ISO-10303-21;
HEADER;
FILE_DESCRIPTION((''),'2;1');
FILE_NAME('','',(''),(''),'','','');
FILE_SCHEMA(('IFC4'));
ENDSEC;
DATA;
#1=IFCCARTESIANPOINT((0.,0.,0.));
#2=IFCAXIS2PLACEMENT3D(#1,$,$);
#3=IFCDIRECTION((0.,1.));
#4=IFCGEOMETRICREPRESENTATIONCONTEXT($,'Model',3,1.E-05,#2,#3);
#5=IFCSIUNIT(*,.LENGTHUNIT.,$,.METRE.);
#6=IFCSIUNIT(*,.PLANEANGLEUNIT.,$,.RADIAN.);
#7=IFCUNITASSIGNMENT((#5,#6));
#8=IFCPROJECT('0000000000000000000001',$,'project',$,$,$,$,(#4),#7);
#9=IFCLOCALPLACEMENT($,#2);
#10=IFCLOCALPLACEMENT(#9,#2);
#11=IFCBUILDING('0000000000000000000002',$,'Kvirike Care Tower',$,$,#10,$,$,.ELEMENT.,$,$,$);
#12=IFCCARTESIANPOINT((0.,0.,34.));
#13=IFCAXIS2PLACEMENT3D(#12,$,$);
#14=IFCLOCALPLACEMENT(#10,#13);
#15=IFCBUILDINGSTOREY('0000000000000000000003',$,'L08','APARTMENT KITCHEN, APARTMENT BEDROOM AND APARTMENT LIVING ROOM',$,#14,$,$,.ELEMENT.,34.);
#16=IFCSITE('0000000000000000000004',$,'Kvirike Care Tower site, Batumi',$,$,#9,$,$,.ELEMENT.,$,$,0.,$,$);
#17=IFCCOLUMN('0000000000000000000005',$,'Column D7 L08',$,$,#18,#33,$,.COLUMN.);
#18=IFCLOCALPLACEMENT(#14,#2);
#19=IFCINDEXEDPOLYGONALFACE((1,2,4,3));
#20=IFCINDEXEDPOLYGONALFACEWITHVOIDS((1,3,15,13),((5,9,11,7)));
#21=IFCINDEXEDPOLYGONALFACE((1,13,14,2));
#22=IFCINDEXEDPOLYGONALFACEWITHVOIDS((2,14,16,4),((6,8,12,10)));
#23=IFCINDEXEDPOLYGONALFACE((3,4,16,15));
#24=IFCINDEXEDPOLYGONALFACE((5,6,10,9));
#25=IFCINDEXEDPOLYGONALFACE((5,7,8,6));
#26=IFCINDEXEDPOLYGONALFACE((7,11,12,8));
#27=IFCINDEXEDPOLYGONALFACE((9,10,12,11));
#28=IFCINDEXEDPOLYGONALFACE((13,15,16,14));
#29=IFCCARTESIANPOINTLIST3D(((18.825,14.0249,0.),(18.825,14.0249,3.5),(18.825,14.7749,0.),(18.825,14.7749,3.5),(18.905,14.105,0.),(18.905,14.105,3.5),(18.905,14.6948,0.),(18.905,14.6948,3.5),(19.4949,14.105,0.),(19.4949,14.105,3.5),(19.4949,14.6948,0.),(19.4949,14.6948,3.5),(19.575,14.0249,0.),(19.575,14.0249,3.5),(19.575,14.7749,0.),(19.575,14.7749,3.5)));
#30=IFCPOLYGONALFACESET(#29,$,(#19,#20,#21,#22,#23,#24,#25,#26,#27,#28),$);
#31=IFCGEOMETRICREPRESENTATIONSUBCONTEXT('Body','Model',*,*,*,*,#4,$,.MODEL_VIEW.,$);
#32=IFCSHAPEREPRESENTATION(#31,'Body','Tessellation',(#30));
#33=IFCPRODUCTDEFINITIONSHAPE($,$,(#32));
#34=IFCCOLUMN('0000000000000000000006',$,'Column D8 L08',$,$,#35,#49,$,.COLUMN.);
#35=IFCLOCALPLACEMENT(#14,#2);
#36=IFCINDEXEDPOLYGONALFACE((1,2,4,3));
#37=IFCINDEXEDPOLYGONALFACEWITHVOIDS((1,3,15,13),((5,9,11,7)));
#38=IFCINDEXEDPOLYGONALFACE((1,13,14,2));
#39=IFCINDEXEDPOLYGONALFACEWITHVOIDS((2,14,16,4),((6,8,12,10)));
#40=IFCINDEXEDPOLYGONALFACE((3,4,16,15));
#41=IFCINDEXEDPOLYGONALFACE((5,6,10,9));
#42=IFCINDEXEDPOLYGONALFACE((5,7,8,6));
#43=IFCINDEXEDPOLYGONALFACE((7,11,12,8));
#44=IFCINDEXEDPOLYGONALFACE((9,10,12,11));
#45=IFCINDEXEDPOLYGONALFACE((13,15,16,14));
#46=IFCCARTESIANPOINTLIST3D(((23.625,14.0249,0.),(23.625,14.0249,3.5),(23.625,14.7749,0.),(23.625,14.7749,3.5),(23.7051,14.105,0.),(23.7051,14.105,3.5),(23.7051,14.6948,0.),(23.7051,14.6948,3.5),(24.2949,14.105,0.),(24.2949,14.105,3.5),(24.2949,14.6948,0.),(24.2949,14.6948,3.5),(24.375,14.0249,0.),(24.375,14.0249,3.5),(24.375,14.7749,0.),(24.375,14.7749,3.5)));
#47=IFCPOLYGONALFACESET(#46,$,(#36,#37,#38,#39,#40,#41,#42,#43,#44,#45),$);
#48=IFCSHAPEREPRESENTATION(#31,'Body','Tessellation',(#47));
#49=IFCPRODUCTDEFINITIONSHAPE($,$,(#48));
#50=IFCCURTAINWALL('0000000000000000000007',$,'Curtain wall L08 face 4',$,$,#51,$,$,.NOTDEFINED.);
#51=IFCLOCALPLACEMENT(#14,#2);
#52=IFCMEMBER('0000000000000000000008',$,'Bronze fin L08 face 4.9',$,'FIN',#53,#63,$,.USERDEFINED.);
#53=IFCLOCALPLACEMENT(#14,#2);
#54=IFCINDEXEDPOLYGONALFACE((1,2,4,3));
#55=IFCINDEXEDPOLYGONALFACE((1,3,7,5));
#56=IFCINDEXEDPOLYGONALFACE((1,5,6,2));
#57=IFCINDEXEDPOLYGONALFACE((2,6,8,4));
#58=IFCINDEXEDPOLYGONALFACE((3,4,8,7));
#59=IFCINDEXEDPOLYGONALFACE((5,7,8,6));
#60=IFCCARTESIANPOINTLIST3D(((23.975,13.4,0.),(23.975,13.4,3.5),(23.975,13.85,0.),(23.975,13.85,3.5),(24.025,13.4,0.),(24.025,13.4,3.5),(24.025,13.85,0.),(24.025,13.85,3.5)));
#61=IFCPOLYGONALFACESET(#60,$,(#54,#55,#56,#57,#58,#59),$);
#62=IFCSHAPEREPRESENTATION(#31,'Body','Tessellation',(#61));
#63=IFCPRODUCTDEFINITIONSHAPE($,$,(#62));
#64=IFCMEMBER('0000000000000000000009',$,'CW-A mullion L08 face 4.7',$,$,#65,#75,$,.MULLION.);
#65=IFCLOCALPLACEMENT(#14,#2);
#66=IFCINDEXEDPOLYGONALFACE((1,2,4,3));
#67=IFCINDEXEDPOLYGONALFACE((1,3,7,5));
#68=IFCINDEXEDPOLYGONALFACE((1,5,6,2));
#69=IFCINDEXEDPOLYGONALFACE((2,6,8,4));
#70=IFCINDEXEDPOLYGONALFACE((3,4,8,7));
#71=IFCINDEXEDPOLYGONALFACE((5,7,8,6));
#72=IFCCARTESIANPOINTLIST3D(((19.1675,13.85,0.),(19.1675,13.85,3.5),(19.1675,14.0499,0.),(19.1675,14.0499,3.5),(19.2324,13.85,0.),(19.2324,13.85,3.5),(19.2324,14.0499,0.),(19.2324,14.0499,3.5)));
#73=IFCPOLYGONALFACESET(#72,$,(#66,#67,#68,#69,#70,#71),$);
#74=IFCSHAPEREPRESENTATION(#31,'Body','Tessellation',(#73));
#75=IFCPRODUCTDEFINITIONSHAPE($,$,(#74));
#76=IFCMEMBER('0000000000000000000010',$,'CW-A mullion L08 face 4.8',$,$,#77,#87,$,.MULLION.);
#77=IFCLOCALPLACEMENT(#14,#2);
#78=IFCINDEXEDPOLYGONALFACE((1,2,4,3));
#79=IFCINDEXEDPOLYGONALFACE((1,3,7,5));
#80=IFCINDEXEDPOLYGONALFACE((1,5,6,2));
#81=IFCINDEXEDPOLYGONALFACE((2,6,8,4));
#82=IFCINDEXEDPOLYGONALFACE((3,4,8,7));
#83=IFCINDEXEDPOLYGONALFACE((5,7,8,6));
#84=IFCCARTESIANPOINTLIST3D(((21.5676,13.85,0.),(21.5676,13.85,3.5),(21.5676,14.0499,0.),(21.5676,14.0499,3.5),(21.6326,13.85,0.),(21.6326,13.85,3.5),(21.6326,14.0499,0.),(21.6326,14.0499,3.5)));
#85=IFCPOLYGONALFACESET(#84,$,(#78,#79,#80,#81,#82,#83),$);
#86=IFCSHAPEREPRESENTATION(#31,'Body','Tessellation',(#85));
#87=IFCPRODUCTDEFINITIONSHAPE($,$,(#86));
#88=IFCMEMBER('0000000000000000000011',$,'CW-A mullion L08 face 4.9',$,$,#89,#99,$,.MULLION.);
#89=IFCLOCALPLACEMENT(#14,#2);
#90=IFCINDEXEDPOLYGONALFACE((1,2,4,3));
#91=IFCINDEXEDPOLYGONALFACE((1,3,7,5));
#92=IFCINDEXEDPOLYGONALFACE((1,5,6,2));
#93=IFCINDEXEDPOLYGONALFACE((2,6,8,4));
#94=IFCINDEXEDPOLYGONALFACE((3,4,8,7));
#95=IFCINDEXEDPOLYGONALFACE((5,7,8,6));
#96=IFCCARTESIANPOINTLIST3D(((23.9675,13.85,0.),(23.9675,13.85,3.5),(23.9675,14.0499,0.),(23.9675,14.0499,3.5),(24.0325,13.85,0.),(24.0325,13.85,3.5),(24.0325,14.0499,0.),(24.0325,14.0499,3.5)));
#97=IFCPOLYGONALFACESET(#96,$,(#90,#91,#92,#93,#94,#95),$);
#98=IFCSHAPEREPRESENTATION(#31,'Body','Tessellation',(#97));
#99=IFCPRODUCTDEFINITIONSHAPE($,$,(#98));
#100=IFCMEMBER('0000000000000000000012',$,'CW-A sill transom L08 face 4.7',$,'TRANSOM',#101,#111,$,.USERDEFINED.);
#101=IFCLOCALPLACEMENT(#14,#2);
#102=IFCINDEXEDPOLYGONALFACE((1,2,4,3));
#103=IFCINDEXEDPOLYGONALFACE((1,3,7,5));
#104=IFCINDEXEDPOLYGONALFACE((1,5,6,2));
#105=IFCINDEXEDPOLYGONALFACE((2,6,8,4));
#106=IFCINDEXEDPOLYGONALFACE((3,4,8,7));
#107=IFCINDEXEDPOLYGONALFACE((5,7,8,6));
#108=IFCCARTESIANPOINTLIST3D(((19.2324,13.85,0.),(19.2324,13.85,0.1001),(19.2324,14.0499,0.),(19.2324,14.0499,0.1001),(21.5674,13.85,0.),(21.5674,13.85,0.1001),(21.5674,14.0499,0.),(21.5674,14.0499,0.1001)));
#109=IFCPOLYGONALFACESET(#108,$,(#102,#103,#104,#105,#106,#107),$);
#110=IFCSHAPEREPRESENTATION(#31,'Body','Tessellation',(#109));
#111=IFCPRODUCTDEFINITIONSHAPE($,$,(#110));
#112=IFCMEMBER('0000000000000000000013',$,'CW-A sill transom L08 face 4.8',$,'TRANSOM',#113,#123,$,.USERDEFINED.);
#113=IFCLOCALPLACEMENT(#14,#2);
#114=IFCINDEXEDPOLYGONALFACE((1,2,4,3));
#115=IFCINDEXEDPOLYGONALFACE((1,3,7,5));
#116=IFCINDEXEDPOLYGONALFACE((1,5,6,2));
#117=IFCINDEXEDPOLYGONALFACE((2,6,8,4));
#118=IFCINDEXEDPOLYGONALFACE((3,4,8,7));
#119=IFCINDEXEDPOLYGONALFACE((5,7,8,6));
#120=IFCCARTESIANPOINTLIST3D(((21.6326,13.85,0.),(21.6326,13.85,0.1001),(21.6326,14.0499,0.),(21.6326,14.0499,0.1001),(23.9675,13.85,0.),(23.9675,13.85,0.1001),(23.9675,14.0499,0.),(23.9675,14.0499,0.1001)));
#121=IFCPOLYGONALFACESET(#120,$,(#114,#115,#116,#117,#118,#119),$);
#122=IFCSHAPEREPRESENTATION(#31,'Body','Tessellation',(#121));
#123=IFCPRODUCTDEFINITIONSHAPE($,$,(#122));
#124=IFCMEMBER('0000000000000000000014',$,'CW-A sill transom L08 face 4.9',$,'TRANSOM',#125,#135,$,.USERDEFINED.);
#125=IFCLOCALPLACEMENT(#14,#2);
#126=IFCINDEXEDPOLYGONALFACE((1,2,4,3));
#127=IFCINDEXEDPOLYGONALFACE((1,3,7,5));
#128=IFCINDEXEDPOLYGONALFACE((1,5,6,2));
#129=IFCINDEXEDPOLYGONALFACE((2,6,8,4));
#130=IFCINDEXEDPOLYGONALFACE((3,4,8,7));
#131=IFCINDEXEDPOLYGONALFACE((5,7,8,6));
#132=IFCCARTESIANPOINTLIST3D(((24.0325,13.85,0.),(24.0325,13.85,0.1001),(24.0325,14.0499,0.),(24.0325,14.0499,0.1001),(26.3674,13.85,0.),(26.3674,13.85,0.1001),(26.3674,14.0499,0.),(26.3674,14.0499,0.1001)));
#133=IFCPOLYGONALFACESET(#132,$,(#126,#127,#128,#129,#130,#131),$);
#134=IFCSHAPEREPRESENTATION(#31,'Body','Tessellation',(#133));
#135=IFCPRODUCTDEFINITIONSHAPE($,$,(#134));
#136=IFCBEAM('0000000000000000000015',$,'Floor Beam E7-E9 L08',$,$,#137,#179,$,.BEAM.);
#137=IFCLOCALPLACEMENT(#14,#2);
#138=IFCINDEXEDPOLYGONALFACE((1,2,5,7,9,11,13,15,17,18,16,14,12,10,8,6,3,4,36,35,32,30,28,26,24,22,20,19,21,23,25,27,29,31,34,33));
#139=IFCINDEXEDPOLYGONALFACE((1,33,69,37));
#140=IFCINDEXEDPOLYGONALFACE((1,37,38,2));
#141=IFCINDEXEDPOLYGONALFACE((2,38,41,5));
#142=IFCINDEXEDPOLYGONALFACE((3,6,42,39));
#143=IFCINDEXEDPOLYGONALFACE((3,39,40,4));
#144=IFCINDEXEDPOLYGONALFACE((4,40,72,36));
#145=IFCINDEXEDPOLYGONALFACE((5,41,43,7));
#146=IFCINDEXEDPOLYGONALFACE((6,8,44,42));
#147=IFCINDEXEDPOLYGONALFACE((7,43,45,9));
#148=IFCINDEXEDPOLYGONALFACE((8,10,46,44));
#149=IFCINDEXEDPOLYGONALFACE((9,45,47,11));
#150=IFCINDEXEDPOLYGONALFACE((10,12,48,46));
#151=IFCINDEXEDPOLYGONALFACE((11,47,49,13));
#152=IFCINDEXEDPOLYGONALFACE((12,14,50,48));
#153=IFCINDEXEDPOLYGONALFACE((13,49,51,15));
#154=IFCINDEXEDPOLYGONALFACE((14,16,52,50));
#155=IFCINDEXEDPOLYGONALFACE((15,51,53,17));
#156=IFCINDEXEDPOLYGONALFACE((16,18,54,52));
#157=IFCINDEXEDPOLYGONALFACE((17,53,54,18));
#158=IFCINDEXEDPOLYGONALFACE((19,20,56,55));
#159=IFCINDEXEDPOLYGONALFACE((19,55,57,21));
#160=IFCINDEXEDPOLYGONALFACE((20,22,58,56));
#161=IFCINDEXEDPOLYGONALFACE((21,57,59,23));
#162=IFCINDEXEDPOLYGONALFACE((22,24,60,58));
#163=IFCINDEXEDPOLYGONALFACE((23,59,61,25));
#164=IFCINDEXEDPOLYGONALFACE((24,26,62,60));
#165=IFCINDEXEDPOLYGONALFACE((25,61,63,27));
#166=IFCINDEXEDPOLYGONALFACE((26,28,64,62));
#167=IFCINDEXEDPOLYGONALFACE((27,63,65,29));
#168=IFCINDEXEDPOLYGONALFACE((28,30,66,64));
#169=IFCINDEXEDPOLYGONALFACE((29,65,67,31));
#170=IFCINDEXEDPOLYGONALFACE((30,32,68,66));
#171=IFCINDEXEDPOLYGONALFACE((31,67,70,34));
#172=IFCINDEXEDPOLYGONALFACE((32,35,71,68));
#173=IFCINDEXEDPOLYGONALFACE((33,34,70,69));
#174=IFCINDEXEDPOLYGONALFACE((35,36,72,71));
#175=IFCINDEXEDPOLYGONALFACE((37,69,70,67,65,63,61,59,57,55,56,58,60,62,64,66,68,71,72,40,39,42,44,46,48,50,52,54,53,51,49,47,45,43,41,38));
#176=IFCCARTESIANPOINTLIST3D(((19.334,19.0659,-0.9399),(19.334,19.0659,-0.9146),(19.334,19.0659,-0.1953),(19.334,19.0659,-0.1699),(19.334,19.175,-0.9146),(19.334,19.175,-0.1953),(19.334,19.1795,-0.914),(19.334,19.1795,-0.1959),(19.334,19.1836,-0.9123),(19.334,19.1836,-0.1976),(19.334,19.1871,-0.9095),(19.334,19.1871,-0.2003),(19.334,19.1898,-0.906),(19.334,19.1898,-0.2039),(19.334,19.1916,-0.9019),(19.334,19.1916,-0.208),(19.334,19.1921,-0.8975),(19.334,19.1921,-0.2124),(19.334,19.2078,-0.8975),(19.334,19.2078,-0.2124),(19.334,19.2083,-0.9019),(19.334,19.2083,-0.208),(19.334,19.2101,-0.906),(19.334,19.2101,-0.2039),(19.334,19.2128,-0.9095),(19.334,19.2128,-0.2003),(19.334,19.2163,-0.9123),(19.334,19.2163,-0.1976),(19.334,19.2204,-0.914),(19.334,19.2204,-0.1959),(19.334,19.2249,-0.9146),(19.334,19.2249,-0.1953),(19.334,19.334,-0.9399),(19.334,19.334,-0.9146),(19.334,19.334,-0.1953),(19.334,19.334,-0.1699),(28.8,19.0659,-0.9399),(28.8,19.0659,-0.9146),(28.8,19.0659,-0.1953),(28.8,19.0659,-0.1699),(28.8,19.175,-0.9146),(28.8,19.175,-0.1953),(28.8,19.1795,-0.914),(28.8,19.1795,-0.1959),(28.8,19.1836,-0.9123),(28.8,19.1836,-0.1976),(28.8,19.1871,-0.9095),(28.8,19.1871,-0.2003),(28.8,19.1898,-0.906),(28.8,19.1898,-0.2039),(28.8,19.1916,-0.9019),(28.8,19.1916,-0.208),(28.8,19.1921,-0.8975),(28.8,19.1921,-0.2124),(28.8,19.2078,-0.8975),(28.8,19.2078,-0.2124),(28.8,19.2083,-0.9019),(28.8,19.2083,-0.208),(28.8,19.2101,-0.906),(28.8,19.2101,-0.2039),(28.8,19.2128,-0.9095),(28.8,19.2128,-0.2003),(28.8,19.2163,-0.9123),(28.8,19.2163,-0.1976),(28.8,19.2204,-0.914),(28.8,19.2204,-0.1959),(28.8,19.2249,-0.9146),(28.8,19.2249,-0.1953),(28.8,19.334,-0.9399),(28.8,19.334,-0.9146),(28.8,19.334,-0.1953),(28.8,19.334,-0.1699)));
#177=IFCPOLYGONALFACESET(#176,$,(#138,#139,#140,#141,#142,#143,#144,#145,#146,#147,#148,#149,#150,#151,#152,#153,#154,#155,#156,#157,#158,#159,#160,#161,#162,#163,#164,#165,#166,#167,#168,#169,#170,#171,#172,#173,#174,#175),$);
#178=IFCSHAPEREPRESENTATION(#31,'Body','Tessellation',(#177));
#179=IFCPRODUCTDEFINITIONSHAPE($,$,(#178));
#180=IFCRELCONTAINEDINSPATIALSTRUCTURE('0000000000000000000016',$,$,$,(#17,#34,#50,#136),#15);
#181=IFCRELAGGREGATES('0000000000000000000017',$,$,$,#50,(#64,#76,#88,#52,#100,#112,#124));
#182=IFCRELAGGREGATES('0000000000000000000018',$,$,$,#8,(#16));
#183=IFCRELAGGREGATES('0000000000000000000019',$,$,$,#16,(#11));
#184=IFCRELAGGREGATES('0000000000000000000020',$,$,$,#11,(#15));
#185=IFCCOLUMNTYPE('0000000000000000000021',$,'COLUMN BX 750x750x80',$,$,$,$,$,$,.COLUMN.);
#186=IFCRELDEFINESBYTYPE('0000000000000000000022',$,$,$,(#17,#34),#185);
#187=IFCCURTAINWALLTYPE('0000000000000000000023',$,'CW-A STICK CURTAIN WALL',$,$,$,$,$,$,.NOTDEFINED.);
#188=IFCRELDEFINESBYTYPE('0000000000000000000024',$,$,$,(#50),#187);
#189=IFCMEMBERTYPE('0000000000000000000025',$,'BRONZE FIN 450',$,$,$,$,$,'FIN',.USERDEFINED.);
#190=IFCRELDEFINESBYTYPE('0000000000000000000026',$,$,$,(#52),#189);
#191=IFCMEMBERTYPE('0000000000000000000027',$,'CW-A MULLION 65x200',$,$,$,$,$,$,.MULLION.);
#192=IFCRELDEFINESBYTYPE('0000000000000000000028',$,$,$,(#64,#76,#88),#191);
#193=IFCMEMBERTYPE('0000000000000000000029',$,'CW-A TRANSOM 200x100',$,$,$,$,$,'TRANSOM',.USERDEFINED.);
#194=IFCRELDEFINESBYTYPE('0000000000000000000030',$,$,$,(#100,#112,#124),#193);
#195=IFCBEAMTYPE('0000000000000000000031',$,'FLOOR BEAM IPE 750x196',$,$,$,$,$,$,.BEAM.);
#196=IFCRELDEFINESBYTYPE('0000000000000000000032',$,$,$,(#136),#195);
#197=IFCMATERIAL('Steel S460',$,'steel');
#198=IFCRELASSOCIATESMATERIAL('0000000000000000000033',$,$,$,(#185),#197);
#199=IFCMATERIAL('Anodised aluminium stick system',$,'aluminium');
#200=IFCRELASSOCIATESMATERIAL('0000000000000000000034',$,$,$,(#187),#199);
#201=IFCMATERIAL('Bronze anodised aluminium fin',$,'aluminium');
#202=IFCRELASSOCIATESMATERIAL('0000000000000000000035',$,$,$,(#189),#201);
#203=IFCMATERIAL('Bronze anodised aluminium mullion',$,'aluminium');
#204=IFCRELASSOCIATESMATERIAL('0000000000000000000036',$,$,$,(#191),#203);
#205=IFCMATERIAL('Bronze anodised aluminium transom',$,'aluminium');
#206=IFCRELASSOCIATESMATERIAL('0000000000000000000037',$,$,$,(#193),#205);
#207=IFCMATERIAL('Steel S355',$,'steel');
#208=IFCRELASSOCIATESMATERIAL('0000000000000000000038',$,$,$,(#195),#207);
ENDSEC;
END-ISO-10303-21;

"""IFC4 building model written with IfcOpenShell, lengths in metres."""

from ifc_helpers import new_model, si_unit, direction, frame, origin, origin_2d, place, context, subcontext, project, spatial, rectangle, hollow_rectangle, i_section, extrude, material, material_profile, profile_set, type_object, element, aggregate, save


model = new_model("IFC4")

# Units and contexts
model_context = context("Model", 3, precision=1e-05, world=origin(), true_north=direction((0.0, 1.0)))
body_context = subcontext(model_context, "Body", "Model", "MODEL_VIEW")
ifc_project = project(units=[si_unit("LENGTHUNIT", "METRE"), si_unit("PLANEANGLEUNIT", "RADIAN")], contexts=[model_context])

# Site, building, storey
site_placement = place(None, origin())
site = spatial("IfcSite", under=ifc_project, at=site_placement, Name="Kvirike Care Tower site, Batumi", CompositionType="ELEMENT", RefElevation=0.0)
building_placement = place(site_placement, origin())
building = spatial("IfcBuilding", under=site, at=building_placement, Name="Kvirike Care Tower", CompositionType="ELEMENT")
storey_placement = place(building_placement, frame((0.0, 0.0, 34.0)))
storey = spatial("IfcBuildingStorey", under=building, at=storey_placement, Name="L08", Description="APARTMENT KITCHEN, APARTMENT BEDROOM AND APARTMENT LIVING ROOM", CompositionType="ELEMENT", Elevation=34.0)

# Columns
ifc_material_1 = material(Name="Steel S460", Category="steel")
ifc_material_profile_1 = material_profile(ifc_material_1, hollow_rectangle(XDim=0.75, YDim=0.75, WallThickness=0.0801, at=origin_2d()), Name="BX 750x750x80")
ifc_profile_set_1 = profile_set([ifc_material_profile_1], Name="Steel S460")
column_type = type_object("IfcColumnType", Name="COLUMN BX 750x750x80", PredefinedType="COLUMN", material=ifc_profile_set_1)
for number, where, z_axis, x_axis, name in (
    (1, (19.2, 14.3999, 0.0), (0.0, 0.0, 1.0), (0.0, 1.0, 0.0), "Column D7 L08"),
    (2, (24.0, 14.3999, 0.0), (0.0, 0.0, 1.0), (0.0, 1.0, 0.0), "Column D8 L08"),
):
    element("IfcColumn", number, at=place(storey_placement, frame(where, z_axis=z_axis, x_axis=x_axis)), inside=storey, type_object=column_type, Name=name, PredefinedType="COLUMN", context=body_context, shape_type="SweptSolid", body=[
        extrude(hollow_rectangle(XDim=0.75, YDim=0.75, WallThickness=0.0801, at=origin_2d()), origin(), (0.0, 0.0, 1.0), 3.5),
    ])

# Curtain wall, members
ifc_material_2 = material(Name="Anodised aluminium stick system", Category="aluminium")
curtain_wall_type = type_object("IfcCurtainWallType", Name="CW-A STICK CURTAIN WALL", PredefinedType="NOTDEFINED", material=ifc_material_2)
curtain_wall_placement = place(storey_placement, origin())
curtain_wall = element("IfcCurtainWall", 3, at=curtain_wall_placement, inside=storey, type_object=curtain_wall_type, Name="Curtain wall L08 face 4", PredefinedType="NOTDEFINED")
ifc_material_3 = material(Name="Bronze anodised aluminium fin", Category="aluminium")
ifc_material_profile_2 = material_profile(ifc_material_3, rectangle(XDim=0.05, YDim=0.45, at=origin_2d()), Name="BRONZE FIN 450")
ifc_profile_set_2 = profile_set([ifc_material_profile_2], Name="Bronze anodised aluminium fin")
member_type_1 = type_object("IfcMemberType", Name="BRONZE FIN 450", ElementType="FIN", PredefinedType="USERDEFINED", material=ifc_profile_set_2)
member_1_placement = place(storey_placement, frame((24.0, 13.625, 0.0), z_axis=(0.0, 0.0, 1.0), x_axis=(1.0, 0.0, 0.0)))
member_1 = element("IfcMember", 4, at=member_1_placement, type_object=member_type_1, Name="Bronze fin L08 face 4.9", ObjectType="FIN", PredefinedType="USERDEFINED", context=body_context, shape_type="SweptSolid", body=[
    extrude(rectangle(XDim=0.05, YDim=0.45, at=origin_2d()), origin(), (0.0, 0.0, 1.0), 3.5),
])
ifc_material_4 = material(Name="Bronze anodised aluminium mullion", Category="aluminium")
ifc_material_profile_3 = material_profile(ifc_material_4, rectangle(XDim=0.0649, YDim=0.2, at=origin_2d()), Name="CW-A MULLION 65x200")
ifc_profile_set_3 = profile_set([ifc_material_profile_3], Name="Bronze anodised aluminium mullion")
member_type_2 = type_object("IfcMemberType", Name="CW-A MULLION 65x200", PredefinedType="MULLION", material=ifc_profile_set_3)
member_2_placement = place(storey_placement, frame((19.2, 13.95, 0.0), z_axis=(0.0, 0.0, 1.0), x_axis=(1.0, 0.0, 0.0)))
member_2 = element("IfcMember", 5, at=member_2_placement, type_object=member_type_2, Name="CW-A mullion L08 face 4.7", PredefinedType="MULLION", context=body_context, shape_type="SweptSolid", body=[
    extrude(rectangle(XDim=0.0649, YDim=0.2, at=origin_2d()), origin(), (0.0, 0.0, 1.0), 3.5),
])
member_3_placement = place(storey_placement, frame((21.6001, 13.95, 0.0), z_axis=(0.0, 0.0, 1.0), x_axis=(1.0, 0.0, 0.0)))
member_3 = element("IfcMember", 6, at=member_3_placement, type_object=member_type_2, Name="CW-A mullion L08 face 4.8", PredefinedType="MULLION", context=body_context, shape_type="SweptSolid", body=[
    extrude(rectangle(XDim=0.0649, YDim=0.2, at=origin_2d()), origin(), (0.0, 0.0, 1.0), 3.5),
])
member_4_placement = place(storey_placement, frame((24.0, 13.95, 0.0), z_axis=(0.0, 0.0, 1.0), x_axis=(1.0, 0.0, 0.0)))
member_4 = element("IfcMember", 7, at=member_4_placement, type_object=member_type_2, Name="CW-A mullion L08 face 4.9", PredefinedType="MULLION", context=body_context, shape_type="SweptSolid", body=[
    extrude(rectangle(XDim=0.0649, YDim=0.2, at=origin_2d()), origin(), (0.0, 0.0, 1.0), 3.5),
])
ifc_material_5 = material(Name="Bronze anodised aluminium transom", Category="aluminium")
ifc_material_profile_4 = material_profile(ifc_material_5, rectangle(XDim=0.2, YDim=0.1001, at=origin_2d()), Name="CW-A TRANSOM 200x100")
ifc_profile_set_4 = profile_set([ifc_material_profile_4], Name="Bronze anodised aluminium transom")
member_type_3 = type_object("IfcMemberType", Name="CW-A TRANSOM 200x100", ElementType="TRANSOM", PredefinedType="USERDEFINED", material=ifc_profile_set_4)
member_5_placement = place(storey_placement, frame((19.2324, 13.95, 0.05), z_axis=(1.0, 0.0, 0.0), x_axis=(0.0, 1.0, 0.0)))
member_5 = element("IfcMember", 8, at=member_5_placement, type_object=member_type_3, Name="CW-A sill transom L08 face 4.7", ObjectType="TRANSOM", PredefinedType="USERDEFINED", context=body_context, shape_type="SweptSolid", body=[
    extrude(rectangle(XDim=0.2, YDim=0.1001, at=origin_2d()), origin(), (0.0, 0.0, 1.0), 2.335),
])
member_6_placement = place(storey_placement, frame((21.6326, 13.95, 0.05), z_axis=(1.0, 0.0, 0.0), x_axis=(0.0, 1.0, 0.0)))
member_6 = element("IfcMember", 9, at=member_6_placement, type_object=member_type_3, Name="CW-A sill transom L08 face 4.8", ObjectType="TRANSOM", PredefinedType="USERDEFINED", context=body_context, shape_type="SweptSolid", body=[
    extrude(rectangle(XDim=0.2, YDim=0.1001, at=origin_2d()), origin(), (0.0, 0.0, 1.0), 2.335),
])
member_7_placement = place(storey_placement, frame((24.0325, 13.95, 0.05), z_axis=(1.0, 0.0, 0.0), x_axis=(0.0, 1.0, 0.0)))
member_7 = element("IfcMember", 10, at=member_7_placement, type_object=member_type_3, Name="CW-A sill transom L08 face 4.9", ObjectType="TRANSOM", PredefinedType="USERDEFINED", context=body_context, shape_type="SweptSolid", body=[
    extrude(rectangle(XDim=0.2, YDim=0.1001, at=origin_2d()), origin(), (0.0, 0.0, 1.0), 2.335),
])

# Beam
ifc_material_6 = material(Name="Steel S355", Category="steel")
ifc_material_profile_5 = material_profile(ifc_material_6, i_section(OverallWidth=0.2681, OverallDepth=0.77, WebThickness=0.0156, FlangeThickness=0.0254, FilletRadius=0.0171, at=origin_2d()), Name="IPE 750x196")
ifc_profile_set_5 = profile_set([ifc_material_profile_5], Name="Steel S355")
beam_type_1 = type_object("IfcBeamType", Name="FLOOR BEAM IPE 750x196", PredefinedType="BEAM", material=ifc_profile_set_5)
beam_1_placement = place(storey_placement, frame((19.334, 19.2, -0.5549), z_axis=(1.0, 0.0, 0.0), x_axis=(0.0, 1.0, 0.0)))
element("IfcBeam", 11, at=beam_1_placement, inside=storey, type_object=beam_type_1, Name="Floor Beam E7-E9 L08", PredefinedType="BEAM", context=body_context, shape_type="SweptSolid", body=[
    extrude(i_section(OverallWidth=0.2681, OverallDepth=0.77, WebThickness=0.0156, FlangeThickness=0.0254, FilletRadius=0.0171, at=origin_2d()), origin(), (0.0, 0.0, 1.0), 9.4661),
])

aggregate(curtain_wall, [member_2, member_3, member_4, member_1, member_5, member_6, member_7])

save(model, "model.ifc")
